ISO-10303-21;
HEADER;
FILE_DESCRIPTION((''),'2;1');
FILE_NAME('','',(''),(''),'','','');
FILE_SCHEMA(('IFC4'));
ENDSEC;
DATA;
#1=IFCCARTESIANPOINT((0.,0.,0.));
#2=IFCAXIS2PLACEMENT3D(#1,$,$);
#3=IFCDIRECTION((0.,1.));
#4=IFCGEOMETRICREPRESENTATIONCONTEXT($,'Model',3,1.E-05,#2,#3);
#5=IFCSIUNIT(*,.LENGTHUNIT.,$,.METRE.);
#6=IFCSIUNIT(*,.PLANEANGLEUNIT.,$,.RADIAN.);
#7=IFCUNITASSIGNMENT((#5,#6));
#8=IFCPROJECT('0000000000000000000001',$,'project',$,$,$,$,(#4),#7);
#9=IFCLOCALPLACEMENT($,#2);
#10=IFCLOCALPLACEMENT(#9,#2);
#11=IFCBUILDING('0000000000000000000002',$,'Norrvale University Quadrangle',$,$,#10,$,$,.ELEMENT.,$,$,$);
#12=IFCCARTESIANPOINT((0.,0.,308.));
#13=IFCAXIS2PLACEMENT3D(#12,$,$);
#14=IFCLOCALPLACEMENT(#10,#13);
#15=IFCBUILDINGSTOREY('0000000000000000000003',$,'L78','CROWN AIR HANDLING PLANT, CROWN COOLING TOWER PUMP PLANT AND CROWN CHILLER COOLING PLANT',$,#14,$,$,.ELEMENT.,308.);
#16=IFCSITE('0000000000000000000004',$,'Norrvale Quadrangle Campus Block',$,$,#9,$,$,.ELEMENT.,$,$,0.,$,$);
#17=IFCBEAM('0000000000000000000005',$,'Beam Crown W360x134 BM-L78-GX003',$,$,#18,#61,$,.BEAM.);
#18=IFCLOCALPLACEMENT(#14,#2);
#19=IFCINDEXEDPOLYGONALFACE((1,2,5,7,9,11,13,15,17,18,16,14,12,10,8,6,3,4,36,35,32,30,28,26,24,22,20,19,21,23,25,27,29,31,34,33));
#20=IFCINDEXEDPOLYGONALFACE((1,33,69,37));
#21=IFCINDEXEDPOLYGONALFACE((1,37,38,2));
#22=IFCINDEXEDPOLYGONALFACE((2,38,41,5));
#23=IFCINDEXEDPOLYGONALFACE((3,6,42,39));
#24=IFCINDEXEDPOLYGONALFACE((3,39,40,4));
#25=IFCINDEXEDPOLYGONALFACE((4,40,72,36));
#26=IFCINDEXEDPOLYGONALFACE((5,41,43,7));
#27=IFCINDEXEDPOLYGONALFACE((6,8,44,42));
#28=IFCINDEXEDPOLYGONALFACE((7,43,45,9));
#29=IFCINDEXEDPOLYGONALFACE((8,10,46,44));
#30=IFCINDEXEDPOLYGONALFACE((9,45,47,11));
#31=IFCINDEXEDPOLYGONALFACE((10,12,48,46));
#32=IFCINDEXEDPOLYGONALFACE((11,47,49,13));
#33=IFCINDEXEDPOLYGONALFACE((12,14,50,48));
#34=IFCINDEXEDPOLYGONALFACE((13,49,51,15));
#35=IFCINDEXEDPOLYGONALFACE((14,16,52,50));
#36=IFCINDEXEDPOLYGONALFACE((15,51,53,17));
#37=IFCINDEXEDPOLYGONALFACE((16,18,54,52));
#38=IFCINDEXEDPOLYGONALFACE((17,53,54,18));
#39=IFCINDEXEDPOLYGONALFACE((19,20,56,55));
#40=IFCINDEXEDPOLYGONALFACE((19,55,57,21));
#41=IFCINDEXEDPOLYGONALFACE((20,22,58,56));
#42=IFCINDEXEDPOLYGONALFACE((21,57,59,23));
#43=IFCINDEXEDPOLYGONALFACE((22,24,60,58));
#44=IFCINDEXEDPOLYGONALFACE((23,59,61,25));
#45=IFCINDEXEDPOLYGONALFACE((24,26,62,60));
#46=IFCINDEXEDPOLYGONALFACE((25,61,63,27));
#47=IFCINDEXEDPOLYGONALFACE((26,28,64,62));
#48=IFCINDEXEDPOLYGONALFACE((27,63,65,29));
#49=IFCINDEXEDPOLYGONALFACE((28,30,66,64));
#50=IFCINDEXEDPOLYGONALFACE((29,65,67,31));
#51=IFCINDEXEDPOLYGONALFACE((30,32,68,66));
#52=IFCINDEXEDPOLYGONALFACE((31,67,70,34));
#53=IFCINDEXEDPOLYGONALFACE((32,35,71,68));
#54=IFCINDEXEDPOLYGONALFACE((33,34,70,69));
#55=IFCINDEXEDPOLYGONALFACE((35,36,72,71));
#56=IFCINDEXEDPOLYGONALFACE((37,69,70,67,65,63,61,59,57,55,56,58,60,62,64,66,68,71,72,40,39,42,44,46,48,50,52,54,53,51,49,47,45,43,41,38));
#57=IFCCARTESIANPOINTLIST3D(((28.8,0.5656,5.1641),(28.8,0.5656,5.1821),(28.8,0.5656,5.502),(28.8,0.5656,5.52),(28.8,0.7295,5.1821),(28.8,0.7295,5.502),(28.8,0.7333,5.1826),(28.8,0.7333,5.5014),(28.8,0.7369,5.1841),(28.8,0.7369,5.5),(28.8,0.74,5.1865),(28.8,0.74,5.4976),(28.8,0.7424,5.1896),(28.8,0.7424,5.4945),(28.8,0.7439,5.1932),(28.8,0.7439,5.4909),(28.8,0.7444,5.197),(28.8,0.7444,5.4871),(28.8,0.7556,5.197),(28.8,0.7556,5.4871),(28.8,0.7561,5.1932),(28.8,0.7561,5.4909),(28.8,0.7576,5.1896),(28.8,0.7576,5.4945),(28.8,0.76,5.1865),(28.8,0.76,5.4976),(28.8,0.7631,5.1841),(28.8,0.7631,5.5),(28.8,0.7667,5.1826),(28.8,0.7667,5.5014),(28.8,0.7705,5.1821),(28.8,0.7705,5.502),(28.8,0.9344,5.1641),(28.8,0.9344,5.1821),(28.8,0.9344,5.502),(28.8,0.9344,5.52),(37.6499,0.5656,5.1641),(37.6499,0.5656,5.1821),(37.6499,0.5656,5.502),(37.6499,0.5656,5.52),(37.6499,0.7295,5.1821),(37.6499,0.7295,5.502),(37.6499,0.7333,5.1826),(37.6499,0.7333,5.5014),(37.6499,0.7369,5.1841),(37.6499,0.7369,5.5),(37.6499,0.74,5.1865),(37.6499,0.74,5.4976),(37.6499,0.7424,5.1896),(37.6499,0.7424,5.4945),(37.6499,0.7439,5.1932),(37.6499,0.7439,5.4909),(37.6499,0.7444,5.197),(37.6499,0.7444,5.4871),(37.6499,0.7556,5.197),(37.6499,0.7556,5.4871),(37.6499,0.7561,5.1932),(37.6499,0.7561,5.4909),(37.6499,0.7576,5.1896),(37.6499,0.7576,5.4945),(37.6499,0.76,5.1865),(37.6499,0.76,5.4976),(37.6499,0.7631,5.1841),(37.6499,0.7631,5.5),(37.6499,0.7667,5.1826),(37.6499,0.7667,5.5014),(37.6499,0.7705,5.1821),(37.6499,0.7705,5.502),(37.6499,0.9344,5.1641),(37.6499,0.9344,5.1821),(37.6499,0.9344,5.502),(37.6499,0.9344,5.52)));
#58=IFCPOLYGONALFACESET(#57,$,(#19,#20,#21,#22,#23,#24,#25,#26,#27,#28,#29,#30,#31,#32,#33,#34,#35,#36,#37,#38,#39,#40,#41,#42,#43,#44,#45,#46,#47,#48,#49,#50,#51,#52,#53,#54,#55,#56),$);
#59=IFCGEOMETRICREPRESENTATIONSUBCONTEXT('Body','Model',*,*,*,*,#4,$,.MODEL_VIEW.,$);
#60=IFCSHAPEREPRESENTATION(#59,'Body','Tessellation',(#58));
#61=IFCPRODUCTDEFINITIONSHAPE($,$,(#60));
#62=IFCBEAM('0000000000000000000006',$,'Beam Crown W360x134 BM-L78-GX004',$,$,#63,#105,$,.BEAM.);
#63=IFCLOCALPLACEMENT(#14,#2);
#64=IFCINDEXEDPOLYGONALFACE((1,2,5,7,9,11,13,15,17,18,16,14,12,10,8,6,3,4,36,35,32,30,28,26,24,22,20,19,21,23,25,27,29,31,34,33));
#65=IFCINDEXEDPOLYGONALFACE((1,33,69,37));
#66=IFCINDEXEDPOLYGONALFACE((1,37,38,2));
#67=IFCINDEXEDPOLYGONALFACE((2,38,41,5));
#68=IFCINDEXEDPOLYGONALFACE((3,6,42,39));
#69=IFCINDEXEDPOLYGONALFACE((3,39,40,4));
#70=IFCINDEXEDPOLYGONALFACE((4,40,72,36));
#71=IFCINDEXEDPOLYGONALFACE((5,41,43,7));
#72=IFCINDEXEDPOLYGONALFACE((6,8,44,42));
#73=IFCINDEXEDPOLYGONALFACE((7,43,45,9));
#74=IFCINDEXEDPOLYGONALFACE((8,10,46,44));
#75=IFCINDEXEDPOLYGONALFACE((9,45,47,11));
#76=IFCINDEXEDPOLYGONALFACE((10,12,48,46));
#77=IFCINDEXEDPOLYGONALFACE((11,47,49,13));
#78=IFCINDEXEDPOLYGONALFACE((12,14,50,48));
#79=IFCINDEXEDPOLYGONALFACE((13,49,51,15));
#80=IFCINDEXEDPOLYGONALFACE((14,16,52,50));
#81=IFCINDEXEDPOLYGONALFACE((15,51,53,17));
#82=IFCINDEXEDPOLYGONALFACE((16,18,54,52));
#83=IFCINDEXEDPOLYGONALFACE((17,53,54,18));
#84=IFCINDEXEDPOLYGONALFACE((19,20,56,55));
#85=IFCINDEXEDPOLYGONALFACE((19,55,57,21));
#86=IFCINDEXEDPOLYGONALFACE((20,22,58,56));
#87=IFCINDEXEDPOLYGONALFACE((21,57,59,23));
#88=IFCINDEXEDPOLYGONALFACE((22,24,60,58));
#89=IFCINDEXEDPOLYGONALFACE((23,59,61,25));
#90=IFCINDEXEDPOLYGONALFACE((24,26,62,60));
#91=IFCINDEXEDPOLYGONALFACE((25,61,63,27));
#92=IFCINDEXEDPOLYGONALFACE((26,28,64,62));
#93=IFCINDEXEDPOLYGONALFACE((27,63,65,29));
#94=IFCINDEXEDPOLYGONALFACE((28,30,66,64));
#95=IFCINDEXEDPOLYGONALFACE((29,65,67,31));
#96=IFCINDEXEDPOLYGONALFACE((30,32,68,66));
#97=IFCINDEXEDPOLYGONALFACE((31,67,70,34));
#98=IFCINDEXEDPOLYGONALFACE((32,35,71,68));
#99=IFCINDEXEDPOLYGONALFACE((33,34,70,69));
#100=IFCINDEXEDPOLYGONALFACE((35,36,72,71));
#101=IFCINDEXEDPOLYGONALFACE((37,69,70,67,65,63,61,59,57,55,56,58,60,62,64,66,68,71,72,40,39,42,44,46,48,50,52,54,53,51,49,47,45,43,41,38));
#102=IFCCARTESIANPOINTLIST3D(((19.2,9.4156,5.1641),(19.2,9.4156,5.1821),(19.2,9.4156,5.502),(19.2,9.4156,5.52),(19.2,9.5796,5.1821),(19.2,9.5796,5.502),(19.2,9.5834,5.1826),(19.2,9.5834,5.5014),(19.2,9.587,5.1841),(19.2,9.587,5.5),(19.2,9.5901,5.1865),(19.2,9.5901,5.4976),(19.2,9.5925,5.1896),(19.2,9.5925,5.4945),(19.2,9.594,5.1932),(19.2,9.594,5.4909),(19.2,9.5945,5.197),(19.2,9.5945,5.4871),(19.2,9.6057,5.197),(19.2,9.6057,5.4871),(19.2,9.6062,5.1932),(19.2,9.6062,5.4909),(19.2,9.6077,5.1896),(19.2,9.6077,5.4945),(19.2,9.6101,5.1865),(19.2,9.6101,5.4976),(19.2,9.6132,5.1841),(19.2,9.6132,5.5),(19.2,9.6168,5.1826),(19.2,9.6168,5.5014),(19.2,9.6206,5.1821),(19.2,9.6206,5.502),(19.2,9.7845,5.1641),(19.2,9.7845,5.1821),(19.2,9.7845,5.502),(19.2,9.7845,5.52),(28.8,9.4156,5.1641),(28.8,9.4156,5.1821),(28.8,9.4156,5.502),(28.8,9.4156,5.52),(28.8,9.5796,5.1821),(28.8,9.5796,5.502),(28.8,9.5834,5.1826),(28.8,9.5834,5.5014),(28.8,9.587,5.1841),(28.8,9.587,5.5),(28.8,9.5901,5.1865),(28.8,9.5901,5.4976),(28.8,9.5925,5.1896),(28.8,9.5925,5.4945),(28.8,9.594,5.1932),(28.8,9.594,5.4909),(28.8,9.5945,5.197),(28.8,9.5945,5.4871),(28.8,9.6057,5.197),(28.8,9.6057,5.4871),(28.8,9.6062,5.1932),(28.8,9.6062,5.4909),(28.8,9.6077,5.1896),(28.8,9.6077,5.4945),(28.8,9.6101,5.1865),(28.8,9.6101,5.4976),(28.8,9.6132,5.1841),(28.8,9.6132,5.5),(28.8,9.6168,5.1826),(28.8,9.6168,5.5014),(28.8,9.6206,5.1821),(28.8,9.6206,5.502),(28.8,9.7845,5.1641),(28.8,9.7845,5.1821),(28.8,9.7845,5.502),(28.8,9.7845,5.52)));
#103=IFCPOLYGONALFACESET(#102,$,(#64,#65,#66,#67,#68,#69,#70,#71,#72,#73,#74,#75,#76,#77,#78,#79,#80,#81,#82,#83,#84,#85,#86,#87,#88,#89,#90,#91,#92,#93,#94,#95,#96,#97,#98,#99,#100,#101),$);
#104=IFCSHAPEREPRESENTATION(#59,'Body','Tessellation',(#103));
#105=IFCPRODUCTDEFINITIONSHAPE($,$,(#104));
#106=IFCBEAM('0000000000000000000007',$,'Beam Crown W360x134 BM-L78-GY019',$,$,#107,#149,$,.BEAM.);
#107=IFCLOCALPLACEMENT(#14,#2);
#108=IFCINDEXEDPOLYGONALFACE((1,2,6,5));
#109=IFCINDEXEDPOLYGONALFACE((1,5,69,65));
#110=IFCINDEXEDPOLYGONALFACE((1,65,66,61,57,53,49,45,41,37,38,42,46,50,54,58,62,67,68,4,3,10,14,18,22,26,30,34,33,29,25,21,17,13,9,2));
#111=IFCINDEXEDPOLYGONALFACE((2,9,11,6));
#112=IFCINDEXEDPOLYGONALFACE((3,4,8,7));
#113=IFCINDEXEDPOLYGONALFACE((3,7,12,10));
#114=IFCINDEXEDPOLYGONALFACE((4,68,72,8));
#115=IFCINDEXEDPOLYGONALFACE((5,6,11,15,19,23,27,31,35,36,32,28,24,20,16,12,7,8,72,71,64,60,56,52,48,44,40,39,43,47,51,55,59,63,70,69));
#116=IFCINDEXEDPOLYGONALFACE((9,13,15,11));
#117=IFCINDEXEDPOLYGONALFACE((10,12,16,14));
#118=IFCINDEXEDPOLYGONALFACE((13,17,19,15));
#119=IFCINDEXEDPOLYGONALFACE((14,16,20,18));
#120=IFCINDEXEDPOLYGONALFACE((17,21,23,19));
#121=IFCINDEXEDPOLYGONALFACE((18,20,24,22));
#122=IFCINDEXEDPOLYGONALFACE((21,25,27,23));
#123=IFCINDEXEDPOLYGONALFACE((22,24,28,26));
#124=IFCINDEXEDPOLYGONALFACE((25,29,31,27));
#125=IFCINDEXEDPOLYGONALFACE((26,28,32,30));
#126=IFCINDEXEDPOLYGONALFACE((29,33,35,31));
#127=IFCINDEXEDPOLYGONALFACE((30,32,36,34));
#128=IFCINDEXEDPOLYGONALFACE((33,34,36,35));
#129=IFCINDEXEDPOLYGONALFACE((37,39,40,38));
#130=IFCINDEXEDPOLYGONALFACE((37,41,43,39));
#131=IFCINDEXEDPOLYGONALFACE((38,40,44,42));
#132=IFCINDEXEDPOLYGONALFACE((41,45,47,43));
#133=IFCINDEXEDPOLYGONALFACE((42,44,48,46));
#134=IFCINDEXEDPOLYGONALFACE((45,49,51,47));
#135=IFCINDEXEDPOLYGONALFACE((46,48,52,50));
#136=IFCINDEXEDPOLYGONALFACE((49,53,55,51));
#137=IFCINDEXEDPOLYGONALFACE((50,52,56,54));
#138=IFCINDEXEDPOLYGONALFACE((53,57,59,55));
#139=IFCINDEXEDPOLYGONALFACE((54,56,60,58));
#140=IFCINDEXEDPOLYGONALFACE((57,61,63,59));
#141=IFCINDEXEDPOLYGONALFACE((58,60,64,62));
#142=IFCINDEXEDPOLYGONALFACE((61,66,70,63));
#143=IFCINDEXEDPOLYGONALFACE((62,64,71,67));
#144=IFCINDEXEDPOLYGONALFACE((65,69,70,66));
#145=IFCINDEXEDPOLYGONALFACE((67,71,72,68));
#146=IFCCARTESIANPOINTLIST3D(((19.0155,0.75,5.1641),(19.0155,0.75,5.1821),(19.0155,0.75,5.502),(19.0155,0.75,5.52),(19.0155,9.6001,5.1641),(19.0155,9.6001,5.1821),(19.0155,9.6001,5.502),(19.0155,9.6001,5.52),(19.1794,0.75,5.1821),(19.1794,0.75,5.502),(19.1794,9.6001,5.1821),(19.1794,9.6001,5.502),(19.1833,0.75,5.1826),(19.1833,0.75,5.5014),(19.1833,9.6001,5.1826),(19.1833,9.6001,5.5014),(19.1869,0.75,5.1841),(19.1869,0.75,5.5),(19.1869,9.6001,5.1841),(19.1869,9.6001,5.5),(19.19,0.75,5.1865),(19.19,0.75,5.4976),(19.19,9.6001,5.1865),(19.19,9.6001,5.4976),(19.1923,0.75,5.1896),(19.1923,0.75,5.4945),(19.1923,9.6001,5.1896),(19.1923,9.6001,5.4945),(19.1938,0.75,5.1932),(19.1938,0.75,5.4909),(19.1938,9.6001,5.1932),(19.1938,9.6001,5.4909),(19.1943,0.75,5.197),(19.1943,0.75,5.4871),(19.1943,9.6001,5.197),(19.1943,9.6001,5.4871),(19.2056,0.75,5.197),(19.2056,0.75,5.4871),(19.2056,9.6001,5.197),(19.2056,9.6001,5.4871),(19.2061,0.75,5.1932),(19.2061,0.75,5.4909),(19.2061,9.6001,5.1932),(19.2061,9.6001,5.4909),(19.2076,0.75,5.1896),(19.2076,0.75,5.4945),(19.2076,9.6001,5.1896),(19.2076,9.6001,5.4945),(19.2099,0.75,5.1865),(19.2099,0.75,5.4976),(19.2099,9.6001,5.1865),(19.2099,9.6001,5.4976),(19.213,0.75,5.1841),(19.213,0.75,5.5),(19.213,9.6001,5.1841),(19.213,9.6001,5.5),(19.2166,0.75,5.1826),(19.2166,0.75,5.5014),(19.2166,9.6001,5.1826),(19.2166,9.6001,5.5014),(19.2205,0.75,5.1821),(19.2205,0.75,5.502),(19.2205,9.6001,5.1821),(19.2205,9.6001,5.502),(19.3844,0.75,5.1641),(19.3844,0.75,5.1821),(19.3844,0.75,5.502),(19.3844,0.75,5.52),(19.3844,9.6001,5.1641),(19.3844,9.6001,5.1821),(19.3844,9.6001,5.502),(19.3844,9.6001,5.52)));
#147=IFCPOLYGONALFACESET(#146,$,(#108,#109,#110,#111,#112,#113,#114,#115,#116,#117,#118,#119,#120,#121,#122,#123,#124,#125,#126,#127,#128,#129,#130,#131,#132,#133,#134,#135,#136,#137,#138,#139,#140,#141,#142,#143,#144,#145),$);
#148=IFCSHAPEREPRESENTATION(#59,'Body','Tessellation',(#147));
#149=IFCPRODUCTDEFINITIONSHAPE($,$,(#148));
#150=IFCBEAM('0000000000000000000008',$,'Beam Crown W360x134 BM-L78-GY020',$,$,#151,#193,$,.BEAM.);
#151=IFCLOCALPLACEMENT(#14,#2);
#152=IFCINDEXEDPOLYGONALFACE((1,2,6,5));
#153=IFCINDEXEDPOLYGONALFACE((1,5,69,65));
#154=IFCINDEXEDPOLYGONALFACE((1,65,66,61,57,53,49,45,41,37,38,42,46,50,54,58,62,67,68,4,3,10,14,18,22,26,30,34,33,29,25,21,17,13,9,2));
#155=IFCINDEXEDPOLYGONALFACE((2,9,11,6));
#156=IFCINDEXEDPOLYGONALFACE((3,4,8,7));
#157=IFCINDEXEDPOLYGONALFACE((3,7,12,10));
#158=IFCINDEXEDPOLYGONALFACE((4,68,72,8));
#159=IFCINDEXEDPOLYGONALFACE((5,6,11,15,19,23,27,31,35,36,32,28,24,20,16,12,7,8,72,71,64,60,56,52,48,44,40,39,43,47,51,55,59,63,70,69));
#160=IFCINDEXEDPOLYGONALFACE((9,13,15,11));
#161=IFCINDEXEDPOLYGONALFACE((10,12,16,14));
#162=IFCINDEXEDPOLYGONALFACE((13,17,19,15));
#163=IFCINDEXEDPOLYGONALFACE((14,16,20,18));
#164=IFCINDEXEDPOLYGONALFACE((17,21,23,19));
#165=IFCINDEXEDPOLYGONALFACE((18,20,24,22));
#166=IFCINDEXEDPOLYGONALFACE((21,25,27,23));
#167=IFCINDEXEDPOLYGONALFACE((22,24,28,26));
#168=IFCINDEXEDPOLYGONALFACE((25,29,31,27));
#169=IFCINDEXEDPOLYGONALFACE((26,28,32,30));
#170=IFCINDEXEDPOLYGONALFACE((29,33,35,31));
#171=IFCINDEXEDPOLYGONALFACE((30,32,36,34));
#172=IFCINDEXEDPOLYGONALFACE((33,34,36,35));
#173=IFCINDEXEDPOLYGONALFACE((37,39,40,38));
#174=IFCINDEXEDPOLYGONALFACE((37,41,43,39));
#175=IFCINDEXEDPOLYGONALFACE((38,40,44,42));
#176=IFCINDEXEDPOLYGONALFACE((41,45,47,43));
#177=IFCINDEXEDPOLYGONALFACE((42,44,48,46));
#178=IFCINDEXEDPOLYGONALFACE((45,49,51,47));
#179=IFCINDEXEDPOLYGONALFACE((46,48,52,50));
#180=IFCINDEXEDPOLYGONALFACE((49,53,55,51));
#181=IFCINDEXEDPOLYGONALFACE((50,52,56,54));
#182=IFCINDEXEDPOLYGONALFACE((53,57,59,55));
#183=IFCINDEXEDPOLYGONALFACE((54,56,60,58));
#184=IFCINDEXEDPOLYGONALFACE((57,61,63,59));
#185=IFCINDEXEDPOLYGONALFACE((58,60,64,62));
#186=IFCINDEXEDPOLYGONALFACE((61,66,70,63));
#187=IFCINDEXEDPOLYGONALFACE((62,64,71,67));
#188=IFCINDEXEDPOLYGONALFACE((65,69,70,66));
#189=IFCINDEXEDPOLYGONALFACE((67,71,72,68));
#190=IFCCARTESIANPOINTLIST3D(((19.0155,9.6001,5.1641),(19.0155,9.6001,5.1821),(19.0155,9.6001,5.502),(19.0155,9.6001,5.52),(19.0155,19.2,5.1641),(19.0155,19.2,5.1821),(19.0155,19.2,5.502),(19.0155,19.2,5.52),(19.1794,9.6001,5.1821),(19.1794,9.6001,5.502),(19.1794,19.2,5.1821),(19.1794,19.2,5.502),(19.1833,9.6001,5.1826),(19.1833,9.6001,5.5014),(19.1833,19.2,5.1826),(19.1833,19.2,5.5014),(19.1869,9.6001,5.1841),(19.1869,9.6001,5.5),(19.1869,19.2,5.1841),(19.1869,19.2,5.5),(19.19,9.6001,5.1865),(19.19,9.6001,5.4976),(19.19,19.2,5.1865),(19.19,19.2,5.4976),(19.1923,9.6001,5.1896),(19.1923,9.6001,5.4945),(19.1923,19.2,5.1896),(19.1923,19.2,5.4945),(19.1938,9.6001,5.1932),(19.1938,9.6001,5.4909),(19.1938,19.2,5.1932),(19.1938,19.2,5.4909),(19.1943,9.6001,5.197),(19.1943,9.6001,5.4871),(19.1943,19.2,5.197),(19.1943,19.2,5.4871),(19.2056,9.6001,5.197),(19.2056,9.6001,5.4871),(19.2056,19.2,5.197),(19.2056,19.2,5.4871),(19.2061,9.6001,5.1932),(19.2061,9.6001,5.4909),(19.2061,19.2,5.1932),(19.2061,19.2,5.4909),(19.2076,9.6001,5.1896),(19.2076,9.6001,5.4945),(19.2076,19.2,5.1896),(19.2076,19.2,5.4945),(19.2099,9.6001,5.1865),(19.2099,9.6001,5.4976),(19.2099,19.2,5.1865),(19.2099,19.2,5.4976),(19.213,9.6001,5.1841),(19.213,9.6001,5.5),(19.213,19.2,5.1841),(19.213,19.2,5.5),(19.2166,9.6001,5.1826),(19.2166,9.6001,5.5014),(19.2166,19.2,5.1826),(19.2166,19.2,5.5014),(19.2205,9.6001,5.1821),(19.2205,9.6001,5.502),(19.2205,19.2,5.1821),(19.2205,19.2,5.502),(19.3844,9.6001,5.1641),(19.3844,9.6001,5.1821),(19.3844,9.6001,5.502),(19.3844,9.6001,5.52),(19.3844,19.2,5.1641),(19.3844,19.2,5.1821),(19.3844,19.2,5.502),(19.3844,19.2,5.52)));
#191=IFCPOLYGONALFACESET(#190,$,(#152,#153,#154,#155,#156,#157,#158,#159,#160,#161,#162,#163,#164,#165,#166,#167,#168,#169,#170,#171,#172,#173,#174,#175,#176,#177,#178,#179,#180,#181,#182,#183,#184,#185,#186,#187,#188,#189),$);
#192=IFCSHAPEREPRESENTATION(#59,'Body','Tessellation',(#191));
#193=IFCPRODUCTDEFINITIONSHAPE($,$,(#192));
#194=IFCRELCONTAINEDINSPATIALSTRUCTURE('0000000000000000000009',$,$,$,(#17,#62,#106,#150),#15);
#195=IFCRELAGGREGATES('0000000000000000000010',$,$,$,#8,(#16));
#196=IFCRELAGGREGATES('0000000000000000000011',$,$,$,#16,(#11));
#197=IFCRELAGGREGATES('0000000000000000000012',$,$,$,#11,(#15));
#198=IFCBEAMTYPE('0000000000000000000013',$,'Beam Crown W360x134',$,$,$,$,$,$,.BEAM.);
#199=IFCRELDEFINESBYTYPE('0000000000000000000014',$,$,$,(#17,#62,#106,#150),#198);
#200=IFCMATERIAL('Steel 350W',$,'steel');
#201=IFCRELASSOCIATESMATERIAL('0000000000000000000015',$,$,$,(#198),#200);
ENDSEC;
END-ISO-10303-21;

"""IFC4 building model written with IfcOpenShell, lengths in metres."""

from ifc_helpers import new_model, si_unit, direction, frame, origin, origin_2d, place, context, subcontext, project, spatial, i_section, extrude, material, material_profile, profile_set, type_object, element, save


model = new_model("IFC4")

# Units and contexts
model_context = context("Model", 3, precision=1e-05, world=origin(), true_north=direction((0.0, 1.0)))
body_context = subcontext(model_context, "Body", "Model", "MODEL_VIEW")
ifc_project = project(units=[si_unit("LENGTHUNIT", "METRE"), si_unit("PLANEANGLEUNIT", "RADIAN")], contexts=[model_context])

# Site, building, storey
site_placement = place(None, origin())
site = spatial("IfcSite", under=ifc_project, at=site_placement, Name="Norrvale Quadrangle Campus Block", CompositionType="ELEMENT", RefElevation=0.0)
building_placement = place(site_placement, origin())
building = spatial("IfcBuilding", under=site, at=building_placement, Name="Norrvale University Quadrangle", CompositionType="ELEMENT")
storey_placement = place(building_placement, frame((0.0, 0.0, 308.0)))
storey = spatial("IfcBuildingStorey", under=building, at=storey_placement, Name="L78", Description="CROWN AIR HANDLING PLANT, CROWN COOLING TOWER PUMP PLANT AND CROWN CHILLER COOLING PLANT", CompositionType="ELEMENT", Elevation=308.0)

# Shared definitions
ifc_material_1 = material(Name="Steel 350W", Category="steel")

# Beams
ifc_material_profile_1 = material_profile(ifc_material_1, i_section(OverallWidth=0.3689, OverallDepth=0.356, WebThickness=0.0112, FlangeThickness=0.0181, FilletRadius=0.0149, at=origin_2d()), Name="Steel 350W")
ifc_profile_set_1 = profile_set([ifc_material_profile_1], Name="Steel 350W")
beam_type_1 = type_object("IfcBeamType", Name="Beam Crown W360x134", PredefinedType="BEAM", material=ifc_profile_set_1)
beam_1_placement = place(storey_placement, frame((28.8, 0.75, 5.342), z_axis=(1.0, 0.0, 0.0), x_axis=(0.0, 1.0, 0.0)))
element("IfcBeam", 1, at=beam_1_placement, inside=storey, type_object=beam_type_1, Name="Beam Crown W360x134 BM-L78-GX003", PredefinedType="BEAM", context=body_context, shape_type="SweptSolid", body=[
    extrude(i_section(OverallWidth=0.3689, OverallDepth=0.356, WebThickness=0.0112, FlangeThickness=0.0181, FilletRadius=0.0149, at=origin_2d()), origin(), (0.0, 0.0, 1.0), 8.8499),
])
beam_2_placement = place(storey_placement, frame((19.2, 9.6001, 5.342), z_axis=(1.0, 0.0, 0.0), x_axis=(0.0, 1.0, 0.0)))
element("IfcBeam", 2, at=beam_2_placement, inside=storey, type_object=beam_type_1, Name="Beam Crown W360x134 BM-L78-GX004", PredefinedType="BEAM", context=body_context, shape_type="SweptSolid", body=[
    extrude(i_section(OverallWidth=0.3689, OverallDepth=0.356, WebThickness=0.0112, FlangeThickness=0.0181, FilletRadius=0.0149, at=origin_2d()), origin(), (0.0, 0.0, 1.0), 9.6001),
])
beam_3_placement = place(storey_placement, frame((19.2, 0.75, 5.342), z_axis=(0.0, 1.0, 0.0), x_axis=(-1.0, 0.0, 0.0)))
element("IfcBeam", 3, at=beam_3_placement, inside=storey, type_object=beam_type_1, Name="Beam Crown W360x134 BM-L78-GY019", PredefinedType="BEAM", context=body_context, shape_type="SweptSolid", body=[
    extrude(i_section(OverallWidth=0.3689, OverallDepth=0.356, WebThickness=0.0112, FlangeThickness=0.0181, FilletRadius=0.0149, at=origin_2d()), origin(), (0.0, 0.0, 1.0), 8.8501),
])
beam_4_placement = place(storey_placement, frame((19.2, 9.6001, 5.342), z_axis=(0.0, 1.0, 0.0), x_axis=(-1.0, 0.0, 0.0)))
element("IfcBeam", 4, at=beam_4_placement, inside=storey, type_object=beam_type_1, Name="Beam Crown W360x134 BM-L78-GY020", PredefinedType="BEAM", context=body_context, shape_type="SweptSolid", body=[
    extrude(i_section(OverallWidth=0.3689, OverallDepth=0.356, WebThickness=0.0112, FlangeThickness=0.0181, FilletRadius=0.0149, at=origin_2d()), origin(), (0.0, 0.0, 1.0), 9.5999),
])

save(model, "model.ifc")
